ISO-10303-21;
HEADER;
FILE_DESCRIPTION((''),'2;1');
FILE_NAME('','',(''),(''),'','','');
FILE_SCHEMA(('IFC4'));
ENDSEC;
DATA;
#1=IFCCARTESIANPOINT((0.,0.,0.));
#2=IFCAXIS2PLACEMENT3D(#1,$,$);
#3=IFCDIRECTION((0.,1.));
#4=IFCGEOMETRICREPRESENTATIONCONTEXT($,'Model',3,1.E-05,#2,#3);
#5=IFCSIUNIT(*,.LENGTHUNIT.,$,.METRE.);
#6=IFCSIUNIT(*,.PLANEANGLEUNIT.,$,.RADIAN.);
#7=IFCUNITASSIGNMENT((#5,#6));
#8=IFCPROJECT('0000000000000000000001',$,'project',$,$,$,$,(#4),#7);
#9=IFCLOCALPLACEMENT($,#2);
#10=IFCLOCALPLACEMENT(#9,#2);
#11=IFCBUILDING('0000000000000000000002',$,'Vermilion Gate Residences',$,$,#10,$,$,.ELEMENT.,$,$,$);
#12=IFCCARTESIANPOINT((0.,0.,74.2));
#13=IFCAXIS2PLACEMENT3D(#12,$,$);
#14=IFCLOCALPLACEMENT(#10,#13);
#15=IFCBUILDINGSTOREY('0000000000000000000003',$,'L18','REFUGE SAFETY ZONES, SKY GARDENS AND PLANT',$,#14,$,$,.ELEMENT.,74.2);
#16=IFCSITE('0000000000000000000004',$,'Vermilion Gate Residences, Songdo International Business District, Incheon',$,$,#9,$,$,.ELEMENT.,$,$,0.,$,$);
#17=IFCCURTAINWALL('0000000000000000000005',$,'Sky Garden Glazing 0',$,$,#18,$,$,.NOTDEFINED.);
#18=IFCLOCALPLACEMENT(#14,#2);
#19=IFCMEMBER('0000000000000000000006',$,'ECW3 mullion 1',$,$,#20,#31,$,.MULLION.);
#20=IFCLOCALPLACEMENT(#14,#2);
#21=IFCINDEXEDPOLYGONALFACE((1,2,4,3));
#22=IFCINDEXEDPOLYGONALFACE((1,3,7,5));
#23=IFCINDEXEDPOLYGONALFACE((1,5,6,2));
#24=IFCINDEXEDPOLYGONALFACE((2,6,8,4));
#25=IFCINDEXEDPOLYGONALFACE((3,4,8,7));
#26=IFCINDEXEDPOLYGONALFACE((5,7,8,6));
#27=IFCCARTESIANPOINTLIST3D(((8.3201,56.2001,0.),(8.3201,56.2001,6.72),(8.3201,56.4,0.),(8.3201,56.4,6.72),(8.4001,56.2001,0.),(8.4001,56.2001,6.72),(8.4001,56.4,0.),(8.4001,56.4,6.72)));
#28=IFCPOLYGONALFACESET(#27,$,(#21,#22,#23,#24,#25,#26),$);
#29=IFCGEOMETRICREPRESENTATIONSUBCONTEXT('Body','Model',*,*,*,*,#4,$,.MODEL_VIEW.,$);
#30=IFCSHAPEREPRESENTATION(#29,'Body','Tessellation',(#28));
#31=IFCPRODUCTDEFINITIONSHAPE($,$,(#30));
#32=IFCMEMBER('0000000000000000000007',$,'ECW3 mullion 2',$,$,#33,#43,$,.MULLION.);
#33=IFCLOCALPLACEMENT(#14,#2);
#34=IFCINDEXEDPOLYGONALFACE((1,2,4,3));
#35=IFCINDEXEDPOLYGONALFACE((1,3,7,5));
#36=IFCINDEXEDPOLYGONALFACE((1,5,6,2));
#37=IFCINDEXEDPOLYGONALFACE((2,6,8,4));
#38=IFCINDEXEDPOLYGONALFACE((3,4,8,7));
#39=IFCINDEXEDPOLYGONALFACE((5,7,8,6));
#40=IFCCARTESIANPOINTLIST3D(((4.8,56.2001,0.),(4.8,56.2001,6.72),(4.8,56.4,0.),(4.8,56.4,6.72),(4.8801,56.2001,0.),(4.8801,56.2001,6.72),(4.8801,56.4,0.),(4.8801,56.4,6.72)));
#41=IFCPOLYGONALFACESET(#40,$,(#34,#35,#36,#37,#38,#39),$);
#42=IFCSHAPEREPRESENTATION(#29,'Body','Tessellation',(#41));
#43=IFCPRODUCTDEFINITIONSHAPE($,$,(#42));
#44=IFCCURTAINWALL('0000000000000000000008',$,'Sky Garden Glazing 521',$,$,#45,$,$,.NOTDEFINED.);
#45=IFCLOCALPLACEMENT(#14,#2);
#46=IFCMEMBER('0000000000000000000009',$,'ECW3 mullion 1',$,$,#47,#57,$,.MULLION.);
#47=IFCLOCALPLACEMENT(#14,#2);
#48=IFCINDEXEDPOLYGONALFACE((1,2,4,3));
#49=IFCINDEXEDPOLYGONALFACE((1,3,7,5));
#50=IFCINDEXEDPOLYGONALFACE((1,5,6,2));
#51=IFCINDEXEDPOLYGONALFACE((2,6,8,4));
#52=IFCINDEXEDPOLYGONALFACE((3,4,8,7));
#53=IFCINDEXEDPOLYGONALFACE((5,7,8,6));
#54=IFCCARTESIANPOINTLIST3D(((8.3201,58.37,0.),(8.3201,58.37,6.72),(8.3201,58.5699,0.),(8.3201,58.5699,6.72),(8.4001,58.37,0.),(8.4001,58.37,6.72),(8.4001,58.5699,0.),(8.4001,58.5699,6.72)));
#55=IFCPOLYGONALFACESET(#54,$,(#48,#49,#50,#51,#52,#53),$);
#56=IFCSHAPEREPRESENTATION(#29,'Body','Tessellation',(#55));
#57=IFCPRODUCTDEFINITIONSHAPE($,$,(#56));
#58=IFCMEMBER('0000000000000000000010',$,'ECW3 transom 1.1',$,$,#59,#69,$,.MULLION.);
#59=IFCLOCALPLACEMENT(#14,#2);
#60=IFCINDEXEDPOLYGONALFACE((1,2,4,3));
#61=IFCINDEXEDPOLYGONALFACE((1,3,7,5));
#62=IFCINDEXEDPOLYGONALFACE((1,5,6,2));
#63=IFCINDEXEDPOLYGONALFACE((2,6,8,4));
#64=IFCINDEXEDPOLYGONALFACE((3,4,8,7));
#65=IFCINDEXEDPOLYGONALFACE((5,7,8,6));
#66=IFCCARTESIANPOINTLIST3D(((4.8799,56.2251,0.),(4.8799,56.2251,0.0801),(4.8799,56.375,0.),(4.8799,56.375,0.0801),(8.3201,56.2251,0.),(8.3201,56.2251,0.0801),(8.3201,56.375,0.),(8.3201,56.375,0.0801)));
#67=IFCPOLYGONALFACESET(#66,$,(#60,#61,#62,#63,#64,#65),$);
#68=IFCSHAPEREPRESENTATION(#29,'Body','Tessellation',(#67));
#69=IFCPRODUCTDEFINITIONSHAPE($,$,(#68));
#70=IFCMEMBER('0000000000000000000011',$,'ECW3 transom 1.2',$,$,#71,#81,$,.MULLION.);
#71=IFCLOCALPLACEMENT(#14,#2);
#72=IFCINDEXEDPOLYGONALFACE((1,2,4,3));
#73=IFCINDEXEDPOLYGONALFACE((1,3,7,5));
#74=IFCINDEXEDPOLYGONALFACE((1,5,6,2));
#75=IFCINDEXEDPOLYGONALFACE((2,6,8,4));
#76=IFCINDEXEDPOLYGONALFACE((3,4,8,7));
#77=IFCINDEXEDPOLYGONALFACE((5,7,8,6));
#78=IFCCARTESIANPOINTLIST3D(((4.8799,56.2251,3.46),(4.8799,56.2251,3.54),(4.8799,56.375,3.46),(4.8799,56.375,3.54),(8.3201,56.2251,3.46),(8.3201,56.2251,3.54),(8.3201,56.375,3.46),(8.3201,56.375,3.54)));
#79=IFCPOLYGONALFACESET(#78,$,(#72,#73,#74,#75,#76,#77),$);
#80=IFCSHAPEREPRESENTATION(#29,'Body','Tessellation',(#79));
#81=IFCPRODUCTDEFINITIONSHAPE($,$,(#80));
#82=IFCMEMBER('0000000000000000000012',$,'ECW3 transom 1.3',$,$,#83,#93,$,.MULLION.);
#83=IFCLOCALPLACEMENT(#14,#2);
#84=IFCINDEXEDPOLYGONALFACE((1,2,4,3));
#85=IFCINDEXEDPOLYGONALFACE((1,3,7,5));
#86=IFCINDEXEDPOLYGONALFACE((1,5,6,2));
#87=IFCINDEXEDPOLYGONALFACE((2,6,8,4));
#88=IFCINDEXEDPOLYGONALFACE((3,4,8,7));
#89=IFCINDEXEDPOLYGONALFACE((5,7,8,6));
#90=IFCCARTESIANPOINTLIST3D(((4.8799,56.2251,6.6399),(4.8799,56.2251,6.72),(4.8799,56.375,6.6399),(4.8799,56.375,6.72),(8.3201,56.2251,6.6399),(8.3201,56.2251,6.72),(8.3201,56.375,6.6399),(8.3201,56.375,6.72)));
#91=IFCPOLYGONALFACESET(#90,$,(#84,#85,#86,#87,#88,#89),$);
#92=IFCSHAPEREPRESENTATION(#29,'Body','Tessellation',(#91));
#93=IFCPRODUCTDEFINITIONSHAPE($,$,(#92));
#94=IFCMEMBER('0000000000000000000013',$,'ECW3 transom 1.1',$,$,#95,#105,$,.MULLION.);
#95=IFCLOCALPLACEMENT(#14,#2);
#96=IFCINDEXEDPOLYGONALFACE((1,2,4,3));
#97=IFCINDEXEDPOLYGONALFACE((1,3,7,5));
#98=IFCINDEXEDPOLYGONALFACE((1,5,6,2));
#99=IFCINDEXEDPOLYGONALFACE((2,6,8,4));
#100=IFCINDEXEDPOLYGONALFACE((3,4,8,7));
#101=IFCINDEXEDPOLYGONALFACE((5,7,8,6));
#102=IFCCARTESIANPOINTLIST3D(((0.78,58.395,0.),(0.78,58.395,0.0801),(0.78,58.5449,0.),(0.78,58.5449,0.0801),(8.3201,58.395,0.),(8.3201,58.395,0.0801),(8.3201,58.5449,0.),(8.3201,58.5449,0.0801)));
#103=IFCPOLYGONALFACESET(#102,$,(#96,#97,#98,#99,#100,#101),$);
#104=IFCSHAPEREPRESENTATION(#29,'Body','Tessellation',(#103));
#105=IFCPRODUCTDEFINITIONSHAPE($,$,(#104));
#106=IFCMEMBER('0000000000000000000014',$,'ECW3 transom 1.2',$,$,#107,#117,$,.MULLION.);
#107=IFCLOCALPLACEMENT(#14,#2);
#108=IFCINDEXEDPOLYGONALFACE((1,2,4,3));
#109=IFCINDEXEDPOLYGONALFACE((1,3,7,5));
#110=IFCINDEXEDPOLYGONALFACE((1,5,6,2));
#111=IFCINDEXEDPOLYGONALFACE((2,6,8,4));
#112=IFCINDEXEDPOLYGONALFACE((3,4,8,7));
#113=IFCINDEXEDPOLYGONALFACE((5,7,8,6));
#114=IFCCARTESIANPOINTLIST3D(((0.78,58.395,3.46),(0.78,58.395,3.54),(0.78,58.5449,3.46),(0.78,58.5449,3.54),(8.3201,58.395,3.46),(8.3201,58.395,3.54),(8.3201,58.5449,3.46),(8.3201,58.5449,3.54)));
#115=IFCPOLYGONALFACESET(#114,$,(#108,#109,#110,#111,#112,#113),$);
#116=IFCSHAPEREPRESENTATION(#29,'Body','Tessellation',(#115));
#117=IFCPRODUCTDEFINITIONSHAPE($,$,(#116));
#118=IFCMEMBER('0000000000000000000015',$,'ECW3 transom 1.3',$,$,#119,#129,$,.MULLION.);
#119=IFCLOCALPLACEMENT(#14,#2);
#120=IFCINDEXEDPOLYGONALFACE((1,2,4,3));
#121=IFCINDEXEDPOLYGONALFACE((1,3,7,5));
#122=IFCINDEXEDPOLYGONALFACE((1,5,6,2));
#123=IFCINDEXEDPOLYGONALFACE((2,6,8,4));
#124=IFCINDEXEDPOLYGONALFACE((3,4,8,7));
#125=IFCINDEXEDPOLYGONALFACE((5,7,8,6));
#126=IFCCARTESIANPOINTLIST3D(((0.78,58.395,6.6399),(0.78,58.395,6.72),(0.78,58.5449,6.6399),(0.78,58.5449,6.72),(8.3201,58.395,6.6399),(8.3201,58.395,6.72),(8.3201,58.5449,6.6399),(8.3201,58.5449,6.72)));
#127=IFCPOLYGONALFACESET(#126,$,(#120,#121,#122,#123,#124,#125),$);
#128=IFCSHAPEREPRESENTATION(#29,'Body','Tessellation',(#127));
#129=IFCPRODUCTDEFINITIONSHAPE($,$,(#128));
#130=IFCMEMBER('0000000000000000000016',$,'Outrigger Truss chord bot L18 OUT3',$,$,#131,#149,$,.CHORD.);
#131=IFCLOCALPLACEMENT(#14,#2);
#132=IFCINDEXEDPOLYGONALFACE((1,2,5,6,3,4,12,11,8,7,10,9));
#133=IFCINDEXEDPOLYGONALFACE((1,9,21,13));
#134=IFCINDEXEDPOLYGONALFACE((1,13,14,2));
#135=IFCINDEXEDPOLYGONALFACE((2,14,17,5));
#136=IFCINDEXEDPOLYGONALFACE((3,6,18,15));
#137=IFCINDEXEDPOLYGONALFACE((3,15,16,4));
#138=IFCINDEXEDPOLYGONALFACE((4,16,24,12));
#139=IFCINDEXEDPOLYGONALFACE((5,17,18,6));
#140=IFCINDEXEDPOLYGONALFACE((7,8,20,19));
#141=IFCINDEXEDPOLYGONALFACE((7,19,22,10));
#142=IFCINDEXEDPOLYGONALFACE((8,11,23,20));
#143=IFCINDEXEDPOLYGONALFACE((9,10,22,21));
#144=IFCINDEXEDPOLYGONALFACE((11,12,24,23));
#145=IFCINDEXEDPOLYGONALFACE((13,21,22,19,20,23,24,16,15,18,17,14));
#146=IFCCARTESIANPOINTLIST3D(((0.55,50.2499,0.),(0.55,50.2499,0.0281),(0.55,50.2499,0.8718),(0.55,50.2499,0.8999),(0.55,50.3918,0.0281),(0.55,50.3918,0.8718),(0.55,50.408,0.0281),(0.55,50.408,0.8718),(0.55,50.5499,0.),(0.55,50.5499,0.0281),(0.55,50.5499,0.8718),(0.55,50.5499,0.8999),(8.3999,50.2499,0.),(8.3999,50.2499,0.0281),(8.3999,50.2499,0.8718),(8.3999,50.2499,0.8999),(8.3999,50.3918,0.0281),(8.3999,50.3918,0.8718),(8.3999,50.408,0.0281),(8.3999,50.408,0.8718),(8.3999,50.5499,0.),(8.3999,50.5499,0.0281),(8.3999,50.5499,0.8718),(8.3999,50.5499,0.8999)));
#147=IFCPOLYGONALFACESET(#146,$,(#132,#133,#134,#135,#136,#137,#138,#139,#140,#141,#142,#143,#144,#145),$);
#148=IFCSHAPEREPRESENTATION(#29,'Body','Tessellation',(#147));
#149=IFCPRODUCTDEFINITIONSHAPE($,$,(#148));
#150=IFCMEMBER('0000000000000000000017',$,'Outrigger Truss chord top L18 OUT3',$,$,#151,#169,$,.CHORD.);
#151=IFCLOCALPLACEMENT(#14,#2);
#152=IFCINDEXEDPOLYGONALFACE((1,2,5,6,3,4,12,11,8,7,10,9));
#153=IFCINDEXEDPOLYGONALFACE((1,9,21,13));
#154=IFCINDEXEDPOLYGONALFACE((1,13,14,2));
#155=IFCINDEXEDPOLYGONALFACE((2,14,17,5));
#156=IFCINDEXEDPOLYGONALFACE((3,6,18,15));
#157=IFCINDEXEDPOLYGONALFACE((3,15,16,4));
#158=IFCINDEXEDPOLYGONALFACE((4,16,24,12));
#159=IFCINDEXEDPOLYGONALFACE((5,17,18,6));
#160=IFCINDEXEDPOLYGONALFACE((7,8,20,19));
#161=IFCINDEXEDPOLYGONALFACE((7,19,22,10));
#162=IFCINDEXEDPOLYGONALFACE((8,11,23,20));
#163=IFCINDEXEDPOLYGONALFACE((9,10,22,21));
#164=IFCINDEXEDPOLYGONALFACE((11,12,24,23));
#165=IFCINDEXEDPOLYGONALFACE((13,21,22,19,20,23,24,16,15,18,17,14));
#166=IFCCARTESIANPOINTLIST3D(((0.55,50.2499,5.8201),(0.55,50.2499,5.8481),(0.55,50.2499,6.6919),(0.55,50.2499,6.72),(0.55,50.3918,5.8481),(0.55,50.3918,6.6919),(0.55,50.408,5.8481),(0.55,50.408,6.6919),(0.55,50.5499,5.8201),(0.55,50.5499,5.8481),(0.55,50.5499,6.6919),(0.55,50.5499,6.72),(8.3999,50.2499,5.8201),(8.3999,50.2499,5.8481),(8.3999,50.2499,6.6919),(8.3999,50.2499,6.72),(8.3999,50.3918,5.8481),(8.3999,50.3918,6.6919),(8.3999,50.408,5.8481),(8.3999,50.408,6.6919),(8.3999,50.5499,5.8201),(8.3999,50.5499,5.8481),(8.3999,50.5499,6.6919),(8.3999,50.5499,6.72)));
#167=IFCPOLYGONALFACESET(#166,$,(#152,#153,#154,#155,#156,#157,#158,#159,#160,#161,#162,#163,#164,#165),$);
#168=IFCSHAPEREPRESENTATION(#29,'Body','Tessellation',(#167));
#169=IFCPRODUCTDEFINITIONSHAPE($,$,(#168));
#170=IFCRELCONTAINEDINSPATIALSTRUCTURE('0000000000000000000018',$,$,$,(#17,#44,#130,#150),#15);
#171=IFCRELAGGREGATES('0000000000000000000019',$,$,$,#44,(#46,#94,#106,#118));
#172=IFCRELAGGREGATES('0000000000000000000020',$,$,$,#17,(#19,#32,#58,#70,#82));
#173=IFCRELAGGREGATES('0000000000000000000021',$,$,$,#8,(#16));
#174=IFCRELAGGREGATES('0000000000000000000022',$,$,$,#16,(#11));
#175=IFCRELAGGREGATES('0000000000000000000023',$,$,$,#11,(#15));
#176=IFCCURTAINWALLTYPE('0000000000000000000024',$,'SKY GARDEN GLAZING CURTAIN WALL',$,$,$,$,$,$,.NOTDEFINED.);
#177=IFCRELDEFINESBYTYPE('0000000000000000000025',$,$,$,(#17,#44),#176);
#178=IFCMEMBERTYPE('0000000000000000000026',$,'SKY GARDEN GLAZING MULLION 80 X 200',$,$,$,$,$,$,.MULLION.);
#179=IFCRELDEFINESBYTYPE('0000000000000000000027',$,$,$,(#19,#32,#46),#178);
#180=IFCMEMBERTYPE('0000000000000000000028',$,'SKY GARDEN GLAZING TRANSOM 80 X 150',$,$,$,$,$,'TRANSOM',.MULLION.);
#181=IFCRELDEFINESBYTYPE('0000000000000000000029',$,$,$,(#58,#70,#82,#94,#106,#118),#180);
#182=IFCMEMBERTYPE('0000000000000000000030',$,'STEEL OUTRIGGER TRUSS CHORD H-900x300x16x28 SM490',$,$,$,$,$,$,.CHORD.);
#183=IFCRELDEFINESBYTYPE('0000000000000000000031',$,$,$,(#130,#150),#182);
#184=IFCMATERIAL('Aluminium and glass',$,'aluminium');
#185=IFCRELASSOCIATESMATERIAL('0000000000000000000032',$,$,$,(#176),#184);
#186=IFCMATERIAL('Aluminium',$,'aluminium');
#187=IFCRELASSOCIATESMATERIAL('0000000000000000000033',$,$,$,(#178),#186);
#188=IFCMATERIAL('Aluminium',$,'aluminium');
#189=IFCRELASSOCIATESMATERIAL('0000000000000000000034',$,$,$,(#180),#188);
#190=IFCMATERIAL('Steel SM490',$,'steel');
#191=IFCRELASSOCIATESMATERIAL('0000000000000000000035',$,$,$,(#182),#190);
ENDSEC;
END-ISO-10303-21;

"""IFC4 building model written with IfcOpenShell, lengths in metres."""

from ifc_helpers import new_model, si_unit, direction, frame, origin, origin_2d, place, context, subcontext, project, spatial, rectangle, i_section, extrude, material, material_profile, profile_set, type_object, element, aggregate, save


model = new_model("IFC4")

# Units and contexts
model_context = context("Model", 3, precision=1e-05, world=origin(), true_north=direction((0.0, 1.0)))
body_context = subcontext(model_context, "Body", "Model", "MODEL_VIEW")
ifc_project = project(units=[si_unit("LENGTHUNIT", "METRE"), si_unit("PLANEANGLEUNIT", "RADIAN")], contexts=[model_context])

# Site, building, storey
site_placement = place(None, origin())
site = spatial("IfcSite", under=ifc_project, at=site_placement, Name="Vermilion Gate Residences, Songdo International Business District, Incheon", CompositionType="ELEMENT", RefElevation=0.0)
building_placement = place(site_placement, origin())
building = spatial("IfcBuilding", under=site, at=building_placement, Name="Vermilion Gate Residences", CompositionType="ELEMENT")
storey_placement = place(building_placement, frame((0.0, 0.0, 74.2)))
storey = spatial("IfcBuildingStorey", under=building, at=storey_placement, Name="L18", Description="REFUGE SAFETY ZONES, SKY GARDENS AND PLANT", CompositionType="ELEMENT", Elevation=74.2)

# Curtain wall, members
ifc_material_1 = material(Name="Aluminium and glass", Category="aluminium")
curtain_wall_type = type_object("IfcCurtainWallType", Name="SKY GARDEN GLAZING CURTAIN WALL", PredefinedType="NOTDEFINED", material=ifc_material_1)
curtain_wall_1_placement = place(storey_placement, origin())
curtain_wall_1 = element("IfcCurtainWall", 1, at=curtain_wall_1_placement, inside=storey, type_object=curtain_wall_type, Name="Sky Garden Glazing 0", PredefinedType="NOTDEFINED")
ifc_material_2 = material(Name="Aluminium", Category="aluminium")
ifc_material_profile_1 = material_profile(ifc_material_2, rectangle(XDim=0.2, YDim=0.0801, at=origin_2d()), Name="MULLION 80 X 200")
ifc_profile_set_1 = profile_set([ifc_material_profile_1], Name="Aluminium")
member_type_1 = type_object("IfcMemberType", Name="SKY GARDEN GLAZING MULLION 80 X 200", PredefinedType="MULLION", material=ifc_profile_set_1)
member_1_placement = place(storey_placement, frame((8.3601, 56.3, 0.0), z_axis=(0.0, 0.0, 1.0), x_axis=(0.0, -1.0, 0.0)))
member_1 = element("IfcMember", 2, at=member_1_placement, type_object=member_type_1, Name="ECW3 mullion 1", PredefinedType="MULLION", context=body_context, shape_type="SweptSolid", body=[
    extrude(rectangle(XDim=0.2, YDim=0.0801, at=origin_2d()), origin(), (0.0, 0.0, 1.0), 6.72),
])
member_2_placement = place(storey_placement, frame((4.8401, 56.3, 0.0), z_axis=(0.0, 0.0, 1.0), x_axis=(0.0, -1.0, 0.0)))
member_2 = element("IfcMember", 3, at=member_2_placement, type_object=member_type_1, Name="ECW3 mullion 2", PredefinedType="MULLION", context=body_context, shape_type="SweptSolid", body=[
    extrude(rectangle(XDim=0.2, YDim=0.0801, at=origin_2d()), origin(), (0.0, 0.0, 1.0), 6.72),
])

# Curtain wall, member
curtain_wall_2_placement = place(storey_placement, origin())
curtain_wall_2 = element("IfcCurtainWall", 4, at=curtain_wall_2_placement, inside=storey, type_object=curtain_wall_type, Name="Sky Garden Glazing 521", PredefinedType="NOTDEFINED")
member_3_placement = place(storey_placement, frame((8.3601, 58.47, 0.0), z_axis=(0.0, 0.0, 1.0), x_axis=(0.0, -1.0, 0.0)))
member_3 = element("IfcMember", 5, at=member_3_placement, type_object=member_type_1, Name="ECW3 mullion 1", PredefinedType="MULLION", context=body_context, shape_type="SweptSolid", body=[
    extrude(rectangle(XDim=0.2, YDim=0.0801, at=origin_2d()), origin(), (0.0, 0.0, 1.0), 6.72),
])

# Members
ifc_material_3 = material(Name="Aluminium", Category="aluminium")
ifc_material_profile_2 = material_profile(ifc_material_3, rectangle(XDim=0.1499, YDim=0.0801, at=origin_2d()), Name="TRANSOM 80 X 150")
ifc_profile_set_2 = profile_set([ifc_material_profile_2], Name="Aluminium")
member_type_2 = type_object("IfcMemberType", Name="SKY GARDEN GLAZING TRANSOM 80 X 150", ElementType="TRANSOM", PredefinedType="MULLION", material=ifc_profile_set_2)
member_4_placement = place(storey_placement, frame((8.3201, 56.3, 0.04), z_axis=(-1.0, 0.0, 0.0), x_axis=(0.0, -1.0, 0.0)))
member_4 = element("IfcMember", 6, at=member_4_placement, type_object=member_type_2, Name="ECW3 transom 1.1", PredefinedType="MULLION", context=body_context, shape_type="SweptSolid", body=[
    extrude(rectangle(XDim=0.1499, YDim=0.0801, at=origin_2d()), origin(), (0.0, 0.0, 1.0), 3.4402),
])
member_5_placement = place(storey_placement, frame((8.3201, 56.3, 3.5), z_axis=(-1.0, 0.0, 0.0), x_axis=(0.0, -1.0, 0.0)))
member_5 = element("IfcMember", 7, at=member_5_placement, type_object=member_type_2, Name="ECW3 transom 1.2", PredefinedType="MULLION", context=body_context, shape_type="SweptSolid", body=[
    extrude(rectangle(XDim=0.1499, YDim=0.0801, at=origin_2d()), origin(), (0.0, 0.0, 1.0), 3.4402),
])
member_6_placement = place(storey_placement, frame((8.3201, 56.3, 6.6799), z_axis=(-1.0, 0.0, 0.0), x_axis=(0.0, -1.0, 0.0)))
member_6 = element("IfcMember", 8, at=member_6_placement, type_object=member_type_2, Name="ECW3 transom 1.3", PredefinedType="MULLION", context=body_context, shape_type="SweptSolid", body=[
    extrude(rectangle(XDim=0.1499, YDim=0.0801, at=origin_2d()), origin(), (0.0, 0.0, 1.0), 3.4402),
])
member_7_placement = place(storey_placement, frame((8.3201, 58.47, 0.04), z_axis=(-1.0, 0.0, 0.0), x_axis=(0.0, -1.0, 0.0)))
member_7 = element("IfcMember", 9, at=member_7_placement, type_object=member_type_2, Name="ECW3 transom 1.1", PredefinedType="MULLION", context=body_context, shape_type="SweptSolid", body=[
    extrude(rectangle(XDim=0.1499, YDim=0.0801, at=origin_2d()), origin(), (0.0, 0.0, 1.0), 7.54),
])
member_8_placement = place(storey_placement, frame((8.3201, 58.47, 3.5), z_axis=(-1.0, 0.0, 0.0), x_axis=(0.0, -1.0, 0.0)))
member_8 = element("IfcMember", 10, at=member_8_placement, type_object=member_type_2, Name="ECW3 transom 1.2", PredefinedType="MULLION", context=body_context, shape_type="SweptSolid", body=[
    extrude(rectangle(XDim=0.1499, YDim=0.0801, at=origin_2d()), origin(), (0.0, 0.0, 1.0), 7.54),
])
member_9_placement = place(storey_placement, frame((8.3201, 58.47, 6.6799), z_axis=(-1.0, 0.0, 0.0), x_axis=(0.0, -1.0, 0.0)))
member_9 = element("IfcMember", 11, at=member_9_placement, type_object=member_type_2, Name="ECW3 transom 1.3", PredefinedType="MULLION", context=body_context, shape_type="SweptSolid", body=[
    extrude(rectangle(XDim=0.1499, YDim=0.0801, at=origin_2d()), origin(), (0.0, 0.0, 1.0), 7.54),
])
aggregate(curtain_wall_2, [member_3, member_7, member_8, member_9])

# Members
ifc_material_4 = material(Name="Steel SM490", Category="steel")
ifc_material_profile_3 = material_profile(ifc_material_4, i_section(OverallWidth=0.3, OverallDepth=0.8999, WebThickness=0.0161, FlangeThickness=0.0281, at=origin_2d()), Name="H-900x300x16x28")
ifc_profile_set_3 = profile_set([ifc_material_profile_3], Name="Steel SM490")
member_type_3 = type_object("IfcMemberType", Name="STEEL OUTRIGGER TRUSS CHORD H-900x300x16x28 SM490", PredefinedType="CHORD", material=ifc_profile_set_3)
for number, where, z_axis, x_axis, name in (
    (12, (8.3999, 50.3999, 0.45), (-1.0, 0.0, 0.0), (0.0, -1.0, 0.0), "Outrigger Truss chord bot L18 OUT3"),
    (13, (8.3999, 50.3999, 6.27), (-1.0, 0.0, 0.0), (0.0, -1.0, 0.0), "Outrigger Truss chord top L18 OUT3"),
):
    element("IfcMember", number, at=place(storey_placement, frame(where, z_axis=z_axis, x_axis=x_axis)), inside=storey, type_object=member_type_3, Name=name, PredefinedType="CHORD", context=body_context, shape_type="SweptSolid", body=[
        extrude(i_section(OverallWidth=0.3, OverallDepth=0.8999, WebThickness=0.0161, FlangeThickness=0.0281, at=origin_2d()), origin(), (0.0, 0.0, 1.0), 7.8499),
    ])

aggregate(curtain_wall_1, [member_1, member_2, member_4, member_5, member_6])

save(model, "model.ifc")
